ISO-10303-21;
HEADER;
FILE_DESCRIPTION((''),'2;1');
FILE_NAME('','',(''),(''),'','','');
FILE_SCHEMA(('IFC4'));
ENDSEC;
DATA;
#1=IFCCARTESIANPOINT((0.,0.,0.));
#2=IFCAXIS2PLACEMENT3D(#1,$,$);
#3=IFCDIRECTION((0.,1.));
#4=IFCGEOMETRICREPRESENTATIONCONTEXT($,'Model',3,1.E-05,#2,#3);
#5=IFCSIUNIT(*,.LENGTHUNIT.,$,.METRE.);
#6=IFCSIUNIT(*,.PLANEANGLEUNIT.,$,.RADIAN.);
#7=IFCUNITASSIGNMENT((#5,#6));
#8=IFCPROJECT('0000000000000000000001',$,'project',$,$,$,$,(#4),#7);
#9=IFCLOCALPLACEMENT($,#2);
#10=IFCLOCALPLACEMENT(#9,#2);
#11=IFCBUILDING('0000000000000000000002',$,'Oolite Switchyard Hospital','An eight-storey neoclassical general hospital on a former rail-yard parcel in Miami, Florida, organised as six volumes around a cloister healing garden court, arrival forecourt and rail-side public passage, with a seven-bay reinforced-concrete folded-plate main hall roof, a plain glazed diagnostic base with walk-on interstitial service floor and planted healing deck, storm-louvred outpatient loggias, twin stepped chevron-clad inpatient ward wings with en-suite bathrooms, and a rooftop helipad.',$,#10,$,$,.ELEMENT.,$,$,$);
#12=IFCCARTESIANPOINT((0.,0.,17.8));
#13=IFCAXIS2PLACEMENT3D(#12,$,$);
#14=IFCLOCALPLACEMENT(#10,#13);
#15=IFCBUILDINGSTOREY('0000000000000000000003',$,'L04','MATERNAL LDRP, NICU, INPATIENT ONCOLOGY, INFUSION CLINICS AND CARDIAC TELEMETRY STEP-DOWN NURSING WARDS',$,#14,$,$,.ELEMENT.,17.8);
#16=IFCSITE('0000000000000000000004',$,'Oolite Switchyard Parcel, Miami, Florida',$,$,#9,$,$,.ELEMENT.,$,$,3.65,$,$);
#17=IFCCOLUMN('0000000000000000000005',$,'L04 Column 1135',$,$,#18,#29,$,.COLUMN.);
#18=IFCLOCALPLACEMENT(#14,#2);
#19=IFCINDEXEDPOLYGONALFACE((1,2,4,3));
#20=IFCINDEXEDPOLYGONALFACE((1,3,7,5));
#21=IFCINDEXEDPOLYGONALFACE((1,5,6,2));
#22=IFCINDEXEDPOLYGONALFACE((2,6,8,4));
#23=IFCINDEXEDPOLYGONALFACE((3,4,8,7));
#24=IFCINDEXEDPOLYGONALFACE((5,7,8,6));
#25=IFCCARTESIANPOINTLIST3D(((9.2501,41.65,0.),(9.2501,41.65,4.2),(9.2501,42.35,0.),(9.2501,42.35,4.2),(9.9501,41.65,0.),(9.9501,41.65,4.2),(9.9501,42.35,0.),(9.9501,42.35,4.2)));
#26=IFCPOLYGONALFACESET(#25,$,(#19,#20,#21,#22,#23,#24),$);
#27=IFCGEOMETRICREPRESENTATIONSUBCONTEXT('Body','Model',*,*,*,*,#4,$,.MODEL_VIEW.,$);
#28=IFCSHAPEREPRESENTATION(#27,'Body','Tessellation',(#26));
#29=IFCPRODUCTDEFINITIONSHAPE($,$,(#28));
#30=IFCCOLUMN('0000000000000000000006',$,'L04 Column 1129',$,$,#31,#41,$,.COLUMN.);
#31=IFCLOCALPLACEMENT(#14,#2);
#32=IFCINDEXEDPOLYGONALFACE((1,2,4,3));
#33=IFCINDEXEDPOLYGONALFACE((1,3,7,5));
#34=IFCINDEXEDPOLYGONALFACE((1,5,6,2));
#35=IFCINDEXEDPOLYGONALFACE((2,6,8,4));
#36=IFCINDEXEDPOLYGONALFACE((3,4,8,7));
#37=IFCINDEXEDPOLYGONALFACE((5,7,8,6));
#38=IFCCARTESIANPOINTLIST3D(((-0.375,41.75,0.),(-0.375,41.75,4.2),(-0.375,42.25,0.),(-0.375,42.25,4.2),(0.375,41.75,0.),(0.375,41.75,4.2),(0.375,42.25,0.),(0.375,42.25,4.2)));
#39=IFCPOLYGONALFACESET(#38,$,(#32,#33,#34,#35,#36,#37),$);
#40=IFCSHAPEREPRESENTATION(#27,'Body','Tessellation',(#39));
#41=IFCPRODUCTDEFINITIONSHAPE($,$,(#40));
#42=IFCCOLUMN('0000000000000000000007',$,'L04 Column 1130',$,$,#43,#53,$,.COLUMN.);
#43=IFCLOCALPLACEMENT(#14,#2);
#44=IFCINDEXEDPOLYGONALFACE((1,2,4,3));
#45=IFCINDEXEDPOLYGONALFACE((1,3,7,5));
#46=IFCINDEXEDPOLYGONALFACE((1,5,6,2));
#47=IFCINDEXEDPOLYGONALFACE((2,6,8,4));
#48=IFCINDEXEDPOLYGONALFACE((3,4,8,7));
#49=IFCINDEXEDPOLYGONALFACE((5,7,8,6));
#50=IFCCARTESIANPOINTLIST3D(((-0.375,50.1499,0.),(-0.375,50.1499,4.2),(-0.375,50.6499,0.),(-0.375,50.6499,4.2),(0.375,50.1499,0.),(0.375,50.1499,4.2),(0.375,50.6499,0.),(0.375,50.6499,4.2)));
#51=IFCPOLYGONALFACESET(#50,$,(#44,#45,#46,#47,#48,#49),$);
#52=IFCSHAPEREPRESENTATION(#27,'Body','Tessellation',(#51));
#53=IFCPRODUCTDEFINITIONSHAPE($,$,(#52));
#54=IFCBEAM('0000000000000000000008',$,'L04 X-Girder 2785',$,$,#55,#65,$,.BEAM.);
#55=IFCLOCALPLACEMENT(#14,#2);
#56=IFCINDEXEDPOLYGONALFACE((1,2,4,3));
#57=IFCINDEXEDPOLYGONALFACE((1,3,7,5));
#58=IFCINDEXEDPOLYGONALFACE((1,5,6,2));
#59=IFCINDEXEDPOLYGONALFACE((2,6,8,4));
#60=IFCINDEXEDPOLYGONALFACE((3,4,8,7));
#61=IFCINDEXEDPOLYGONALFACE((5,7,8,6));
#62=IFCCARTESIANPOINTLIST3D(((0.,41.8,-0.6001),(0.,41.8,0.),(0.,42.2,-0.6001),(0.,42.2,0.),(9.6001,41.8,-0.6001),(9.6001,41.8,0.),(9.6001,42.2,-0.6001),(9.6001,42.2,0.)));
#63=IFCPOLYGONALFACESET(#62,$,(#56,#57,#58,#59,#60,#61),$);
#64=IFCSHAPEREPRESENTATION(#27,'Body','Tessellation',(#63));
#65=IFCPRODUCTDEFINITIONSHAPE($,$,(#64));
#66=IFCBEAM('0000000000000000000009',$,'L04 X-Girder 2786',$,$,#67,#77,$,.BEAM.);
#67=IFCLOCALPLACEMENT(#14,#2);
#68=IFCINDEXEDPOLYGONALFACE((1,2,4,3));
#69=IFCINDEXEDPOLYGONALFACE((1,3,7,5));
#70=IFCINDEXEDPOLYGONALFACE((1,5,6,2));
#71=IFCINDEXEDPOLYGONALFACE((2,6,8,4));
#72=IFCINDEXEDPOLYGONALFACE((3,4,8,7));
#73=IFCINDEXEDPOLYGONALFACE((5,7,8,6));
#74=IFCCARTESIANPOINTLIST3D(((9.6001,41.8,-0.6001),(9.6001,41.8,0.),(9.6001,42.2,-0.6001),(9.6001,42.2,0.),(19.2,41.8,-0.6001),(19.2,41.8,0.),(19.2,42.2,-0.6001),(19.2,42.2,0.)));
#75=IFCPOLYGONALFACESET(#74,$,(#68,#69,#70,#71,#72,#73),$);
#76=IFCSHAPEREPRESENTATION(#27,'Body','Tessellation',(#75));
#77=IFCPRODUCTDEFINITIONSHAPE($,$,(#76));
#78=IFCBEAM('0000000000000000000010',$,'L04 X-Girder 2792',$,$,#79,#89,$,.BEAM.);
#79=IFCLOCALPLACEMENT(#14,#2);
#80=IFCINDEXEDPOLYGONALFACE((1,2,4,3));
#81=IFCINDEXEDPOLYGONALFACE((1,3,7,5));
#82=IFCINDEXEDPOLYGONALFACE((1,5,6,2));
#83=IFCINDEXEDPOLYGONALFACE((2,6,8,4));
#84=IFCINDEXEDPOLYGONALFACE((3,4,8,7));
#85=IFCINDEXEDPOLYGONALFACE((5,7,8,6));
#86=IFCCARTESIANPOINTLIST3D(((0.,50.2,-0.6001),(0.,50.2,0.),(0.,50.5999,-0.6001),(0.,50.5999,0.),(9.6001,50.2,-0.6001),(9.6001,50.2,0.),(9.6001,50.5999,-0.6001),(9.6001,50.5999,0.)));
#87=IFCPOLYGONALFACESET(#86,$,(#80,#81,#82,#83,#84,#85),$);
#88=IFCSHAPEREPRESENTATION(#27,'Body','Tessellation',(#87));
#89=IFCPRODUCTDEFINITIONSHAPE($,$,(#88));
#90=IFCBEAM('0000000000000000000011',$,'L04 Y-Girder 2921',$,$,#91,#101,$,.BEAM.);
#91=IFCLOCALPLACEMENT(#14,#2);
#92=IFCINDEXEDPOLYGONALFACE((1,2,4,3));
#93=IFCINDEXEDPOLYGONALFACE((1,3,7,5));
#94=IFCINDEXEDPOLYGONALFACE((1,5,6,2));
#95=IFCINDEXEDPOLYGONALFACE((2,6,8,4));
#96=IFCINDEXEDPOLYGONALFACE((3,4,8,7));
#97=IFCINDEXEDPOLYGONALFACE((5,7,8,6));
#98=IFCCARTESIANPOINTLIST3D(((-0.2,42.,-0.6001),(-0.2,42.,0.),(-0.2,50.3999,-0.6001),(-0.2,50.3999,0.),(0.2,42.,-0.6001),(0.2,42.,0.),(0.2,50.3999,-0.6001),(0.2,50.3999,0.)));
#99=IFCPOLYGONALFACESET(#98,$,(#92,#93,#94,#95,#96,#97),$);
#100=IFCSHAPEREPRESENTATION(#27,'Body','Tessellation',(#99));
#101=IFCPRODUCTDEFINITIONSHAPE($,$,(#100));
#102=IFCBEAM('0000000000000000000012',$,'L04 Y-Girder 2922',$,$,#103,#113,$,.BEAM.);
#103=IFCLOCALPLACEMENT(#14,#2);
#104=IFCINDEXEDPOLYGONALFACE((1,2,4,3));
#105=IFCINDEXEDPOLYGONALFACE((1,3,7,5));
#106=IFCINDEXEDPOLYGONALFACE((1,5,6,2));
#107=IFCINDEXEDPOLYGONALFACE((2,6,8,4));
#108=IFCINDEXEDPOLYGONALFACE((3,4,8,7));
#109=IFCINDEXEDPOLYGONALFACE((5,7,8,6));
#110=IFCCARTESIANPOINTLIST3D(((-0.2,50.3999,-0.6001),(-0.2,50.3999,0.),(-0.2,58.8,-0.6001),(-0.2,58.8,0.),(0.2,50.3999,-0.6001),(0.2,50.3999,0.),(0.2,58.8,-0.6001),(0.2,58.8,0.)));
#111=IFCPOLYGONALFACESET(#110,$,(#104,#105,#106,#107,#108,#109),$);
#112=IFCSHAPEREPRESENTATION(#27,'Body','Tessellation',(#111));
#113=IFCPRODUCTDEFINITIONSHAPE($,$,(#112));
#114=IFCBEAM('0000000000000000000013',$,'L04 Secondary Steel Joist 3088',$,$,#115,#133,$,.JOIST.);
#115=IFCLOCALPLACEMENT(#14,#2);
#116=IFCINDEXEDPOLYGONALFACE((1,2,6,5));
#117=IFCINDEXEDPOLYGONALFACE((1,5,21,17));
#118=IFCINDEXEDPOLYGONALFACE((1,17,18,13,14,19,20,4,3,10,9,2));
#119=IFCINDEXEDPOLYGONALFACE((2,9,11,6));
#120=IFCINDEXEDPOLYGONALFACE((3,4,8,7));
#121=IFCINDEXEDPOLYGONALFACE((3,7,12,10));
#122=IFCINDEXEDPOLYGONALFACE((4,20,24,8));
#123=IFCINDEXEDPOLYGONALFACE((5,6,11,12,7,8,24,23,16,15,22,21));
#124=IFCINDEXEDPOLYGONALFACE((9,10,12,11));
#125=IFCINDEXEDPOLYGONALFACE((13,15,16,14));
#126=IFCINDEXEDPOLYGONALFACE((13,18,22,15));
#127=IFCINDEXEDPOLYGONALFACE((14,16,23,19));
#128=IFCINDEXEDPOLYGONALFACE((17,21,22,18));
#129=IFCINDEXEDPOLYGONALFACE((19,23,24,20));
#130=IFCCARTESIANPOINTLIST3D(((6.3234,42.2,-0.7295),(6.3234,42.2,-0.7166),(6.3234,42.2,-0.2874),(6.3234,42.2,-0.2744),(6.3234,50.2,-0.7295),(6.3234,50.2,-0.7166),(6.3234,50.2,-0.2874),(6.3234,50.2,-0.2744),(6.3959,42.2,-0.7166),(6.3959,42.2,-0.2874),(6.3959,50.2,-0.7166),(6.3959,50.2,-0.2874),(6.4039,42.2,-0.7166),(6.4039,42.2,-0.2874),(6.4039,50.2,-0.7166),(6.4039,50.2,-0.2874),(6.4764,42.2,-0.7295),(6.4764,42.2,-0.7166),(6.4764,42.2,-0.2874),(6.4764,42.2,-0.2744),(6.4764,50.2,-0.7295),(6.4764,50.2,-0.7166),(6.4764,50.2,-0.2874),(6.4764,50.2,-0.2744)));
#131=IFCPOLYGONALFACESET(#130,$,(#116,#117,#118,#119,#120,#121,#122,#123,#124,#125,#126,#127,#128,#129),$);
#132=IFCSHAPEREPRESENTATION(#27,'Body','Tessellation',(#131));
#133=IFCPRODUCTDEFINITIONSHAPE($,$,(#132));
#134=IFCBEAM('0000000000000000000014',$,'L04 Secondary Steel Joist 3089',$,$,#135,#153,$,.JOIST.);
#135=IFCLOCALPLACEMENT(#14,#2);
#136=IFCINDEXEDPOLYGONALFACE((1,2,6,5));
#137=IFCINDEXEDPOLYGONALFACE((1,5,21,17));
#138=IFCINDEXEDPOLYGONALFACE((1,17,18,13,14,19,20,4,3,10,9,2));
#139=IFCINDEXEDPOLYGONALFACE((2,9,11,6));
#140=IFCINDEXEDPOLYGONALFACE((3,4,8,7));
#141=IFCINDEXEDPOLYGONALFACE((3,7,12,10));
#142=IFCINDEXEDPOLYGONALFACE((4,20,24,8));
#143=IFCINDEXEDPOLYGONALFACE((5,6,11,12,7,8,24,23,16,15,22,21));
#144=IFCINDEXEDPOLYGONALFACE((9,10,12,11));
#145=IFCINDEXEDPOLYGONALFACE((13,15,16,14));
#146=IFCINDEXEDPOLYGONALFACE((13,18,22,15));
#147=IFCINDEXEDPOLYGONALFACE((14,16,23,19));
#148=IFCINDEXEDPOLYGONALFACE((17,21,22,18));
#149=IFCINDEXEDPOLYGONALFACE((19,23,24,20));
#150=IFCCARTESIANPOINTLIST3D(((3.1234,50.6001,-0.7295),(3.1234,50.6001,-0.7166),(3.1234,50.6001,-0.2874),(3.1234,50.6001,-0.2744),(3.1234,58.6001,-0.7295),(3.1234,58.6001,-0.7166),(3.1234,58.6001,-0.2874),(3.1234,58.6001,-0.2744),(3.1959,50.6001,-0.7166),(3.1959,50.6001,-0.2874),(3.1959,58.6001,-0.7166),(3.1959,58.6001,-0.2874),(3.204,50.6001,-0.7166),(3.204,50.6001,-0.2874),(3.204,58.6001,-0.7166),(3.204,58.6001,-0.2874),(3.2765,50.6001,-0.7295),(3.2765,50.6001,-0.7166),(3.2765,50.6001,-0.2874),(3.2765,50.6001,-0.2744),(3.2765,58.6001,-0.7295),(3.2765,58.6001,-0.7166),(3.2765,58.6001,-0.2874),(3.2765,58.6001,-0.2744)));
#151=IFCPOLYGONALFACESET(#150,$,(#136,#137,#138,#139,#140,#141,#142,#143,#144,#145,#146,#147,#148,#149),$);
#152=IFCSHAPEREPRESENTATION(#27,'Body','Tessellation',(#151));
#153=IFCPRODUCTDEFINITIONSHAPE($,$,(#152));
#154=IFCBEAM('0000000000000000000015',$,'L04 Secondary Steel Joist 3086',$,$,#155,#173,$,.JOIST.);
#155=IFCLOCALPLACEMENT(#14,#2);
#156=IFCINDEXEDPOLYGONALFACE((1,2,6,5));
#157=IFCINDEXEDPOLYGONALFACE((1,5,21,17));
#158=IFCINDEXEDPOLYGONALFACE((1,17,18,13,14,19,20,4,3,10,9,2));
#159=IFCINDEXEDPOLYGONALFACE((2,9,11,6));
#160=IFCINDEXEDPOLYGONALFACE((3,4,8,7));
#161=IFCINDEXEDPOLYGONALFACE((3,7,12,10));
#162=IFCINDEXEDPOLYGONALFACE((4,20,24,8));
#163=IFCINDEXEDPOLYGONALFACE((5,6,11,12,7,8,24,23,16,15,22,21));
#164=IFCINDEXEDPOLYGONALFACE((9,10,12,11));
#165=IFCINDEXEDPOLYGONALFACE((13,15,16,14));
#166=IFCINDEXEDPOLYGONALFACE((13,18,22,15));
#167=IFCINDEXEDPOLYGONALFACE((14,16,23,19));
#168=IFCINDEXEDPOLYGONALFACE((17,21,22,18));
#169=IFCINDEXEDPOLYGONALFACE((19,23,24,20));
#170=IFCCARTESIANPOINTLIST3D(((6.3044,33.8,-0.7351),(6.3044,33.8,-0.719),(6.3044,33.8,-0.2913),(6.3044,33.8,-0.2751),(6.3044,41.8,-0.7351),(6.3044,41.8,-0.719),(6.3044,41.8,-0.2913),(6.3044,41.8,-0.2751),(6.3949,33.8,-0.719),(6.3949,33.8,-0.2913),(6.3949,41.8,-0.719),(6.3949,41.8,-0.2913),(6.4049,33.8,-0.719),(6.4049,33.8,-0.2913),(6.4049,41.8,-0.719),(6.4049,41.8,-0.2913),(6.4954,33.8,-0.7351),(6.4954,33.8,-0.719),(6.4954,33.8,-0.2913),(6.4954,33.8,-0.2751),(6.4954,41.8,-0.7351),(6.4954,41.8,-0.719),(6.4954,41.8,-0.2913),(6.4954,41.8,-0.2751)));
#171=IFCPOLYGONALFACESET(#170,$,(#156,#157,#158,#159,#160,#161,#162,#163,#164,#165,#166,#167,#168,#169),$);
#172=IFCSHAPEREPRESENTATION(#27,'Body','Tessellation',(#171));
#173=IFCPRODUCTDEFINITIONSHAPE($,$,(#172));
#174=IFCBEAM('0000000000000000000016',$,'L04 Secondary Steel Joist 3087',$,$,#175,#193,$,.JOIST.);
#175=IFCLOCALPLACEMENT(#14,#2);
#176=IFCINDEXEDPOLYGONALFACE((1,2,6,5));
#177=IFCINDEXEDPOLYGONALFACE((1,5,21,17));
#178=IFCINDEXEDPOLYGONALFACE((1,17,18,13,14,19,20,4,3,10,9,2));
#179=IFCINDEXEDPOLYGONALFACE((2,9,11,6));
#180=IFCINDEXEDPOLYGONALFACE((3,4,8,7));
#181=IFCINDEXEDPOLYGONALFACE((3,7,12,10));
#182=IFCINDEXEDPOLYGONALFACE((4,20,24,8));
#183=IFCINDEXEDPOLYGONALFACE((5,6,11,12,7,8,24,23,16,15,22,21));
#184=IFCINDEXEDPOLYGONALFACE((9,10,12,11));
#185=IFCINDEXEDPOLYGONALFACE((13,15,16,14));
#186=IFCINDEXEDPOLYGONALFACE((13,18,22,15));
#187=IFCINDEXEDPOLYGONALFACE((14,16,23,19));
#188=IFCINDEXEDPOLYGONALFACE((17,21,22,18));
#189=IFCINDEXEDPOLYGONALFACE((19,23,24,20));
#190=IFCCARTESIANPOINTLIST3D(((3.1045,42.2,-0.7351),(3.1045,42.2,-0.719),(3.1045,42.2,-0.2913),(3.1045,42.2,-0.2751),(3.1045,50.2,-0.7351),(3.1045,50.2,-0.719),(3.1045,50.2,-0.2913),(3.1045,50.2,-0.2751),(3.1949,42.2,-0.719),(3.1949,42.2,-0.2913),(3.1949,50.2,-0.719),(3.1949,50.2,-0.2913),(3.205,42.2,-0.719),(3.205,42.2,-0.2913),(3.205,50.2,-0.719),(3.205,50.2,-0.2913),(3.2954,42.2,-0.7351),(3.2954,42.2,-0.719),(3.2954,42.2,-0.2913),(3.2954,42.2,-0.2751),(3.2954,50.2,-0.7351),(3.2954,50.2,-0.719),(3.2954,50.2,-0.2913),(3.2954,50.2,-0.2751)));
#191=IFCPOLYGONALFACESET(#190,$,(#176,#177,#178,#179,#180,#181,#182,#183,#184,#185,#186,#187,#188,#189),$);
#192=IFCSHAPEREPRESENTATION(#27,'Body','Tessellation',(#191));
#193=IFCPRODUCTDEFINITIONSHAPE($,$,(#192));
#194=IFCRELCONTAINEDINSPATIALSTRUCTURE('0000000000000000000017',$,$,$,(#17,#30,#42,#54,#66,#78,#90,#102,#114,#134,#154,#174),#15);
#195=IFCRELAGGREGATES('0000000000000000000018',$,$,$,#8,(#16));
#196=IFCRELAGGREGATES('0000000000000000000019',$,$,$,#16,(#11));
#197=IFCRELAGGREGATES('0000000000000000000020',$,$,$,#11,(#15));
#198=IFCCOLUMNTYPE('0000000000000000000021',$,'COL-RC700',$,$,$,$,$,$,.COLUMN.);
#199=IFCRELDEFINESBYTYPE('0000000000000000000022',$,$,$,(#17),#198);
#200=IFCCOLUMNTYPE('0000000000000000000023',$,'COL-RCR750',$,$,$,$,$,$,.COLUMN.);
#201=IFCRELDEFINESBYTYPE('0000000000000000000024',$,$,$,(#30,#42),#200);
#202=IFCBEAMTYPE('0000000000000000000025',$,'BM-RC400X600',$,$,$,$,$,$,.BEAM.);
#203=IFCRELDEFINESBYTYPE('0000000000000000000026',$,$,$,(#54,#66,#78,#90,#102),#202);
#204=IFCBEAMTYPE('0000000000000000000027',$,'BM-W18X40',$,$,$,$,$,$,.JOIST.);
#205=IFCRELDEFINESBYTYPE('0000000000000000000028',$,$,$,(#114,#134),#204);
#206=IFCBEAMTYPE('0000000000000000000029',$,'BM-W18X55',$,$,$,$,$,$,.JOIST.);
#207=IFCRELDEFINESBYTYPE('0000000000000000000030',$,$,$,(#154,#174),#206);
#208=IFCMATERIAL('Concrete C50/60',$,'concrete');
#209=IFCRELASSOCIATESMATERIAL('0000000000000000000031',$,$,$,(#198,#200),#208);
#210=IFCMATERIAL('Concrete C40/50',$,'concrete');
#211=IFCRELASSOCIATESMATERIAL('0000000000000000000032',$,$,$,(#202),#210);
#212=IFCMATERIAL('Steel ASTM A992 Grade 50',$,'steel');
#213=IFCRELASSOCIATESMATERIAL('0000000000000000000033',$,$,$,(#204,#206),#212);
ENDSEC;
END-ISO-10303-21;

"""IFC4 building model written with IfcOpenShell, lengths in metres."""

from ifc_helpers import new_model, si_unit, direction, frame, origin, origin_2d, place, context, subcontext, project, spatial, rectangle, i_section, extrude, material, material_profile, profile_set, type_object, element, save


model = new_model("IFC4")

# Units and contexts
model_context = context("Model", 3, precision=1e-05, world=origin(), true_north=direction((0.0, 1.0)))
body_context = subcontext(model_context, "Body", "Model", "MODEL_VIEW")
ifc_project = project(units=[si_unit("LENGTHUNIT", "METRE"), si_unit("PLANEANGLEUNIT", "RADIAN")], contexts=[model_context])

# Site, building, storey
site_placement = place(None, origin())
site = spatial("IfcSite", under=ifc_project, at=site_placement, Name="Oolite Switchyard Parcel, Miami, Florida", CompositionType="ELEMENT", RefElevation=3.65)
building_placement = place(site_placement, origin())
building = spatial("IfcBuilding", under=site, at=building_placement, Name="Oolite Switchyard Hospital", Description="An eight-storey neoclassical general hospital on a former rail-yard parcel in Miami, Florida, organised as six volumes around a cloister healing garden court, arrival forecourt and rail-side public passage, with a seven-bay reinforced-concrete folded-plate main hall roof, a plain glazed diagnostic base with walk-on interstitial service floor and planted healing deck, storm-louvred outpatient loggias, twin stepped chevron-clad inpatient ward wings with en-suite bathrooms, and a rooftop helipad.", CompositionType="ELEMENT")
storey_placement = place(building_placement, frame((0.0, 0.0, 17.8)))
storey = spatial("IfcBuildingStorey", under=building, at=storey_placement, Name="L04", Description="MATERNAL LDRP, NICU, INPATIENT ONCOLOGY, INFUSION CLINICS AND CARDIAC TELEMETRY STEP-DOWN NURSING WARDS", CompositionType="ELEMENT", Elevation=17.8)

# Columns
ifc_material_1 = material(Name="Concrete C50/60", Category="concrete")
ifc_material_profile_1 = material_profile(ifc_material_1, rectangle(XDim=0.7, YDim=0.7, at=origin_2d()), Name="RC700X700")
ifc_profile_set_1 = profile_set([ifc_material_profile_1], Name="Concrete C50/60")
column_type_1 = type_object("IfcColumnType", Name="COL-RC700", PredefinedType="COLUMN", material=ifc_profile_set_1)
column_placement = place(storey_placement, frame((9.6001, 42.0, 0.0), z_axis=(0.0, 0.0, 1.0), x_axis=(1.0, 0.0, 0.0)))
element("IfcColumn", 1, at=column_placement, inside=storey, type_object=column_type_1, Name="L04 Column 1135", PredefinedType="COLUMN", context=body_context, shape_type="SweptSolid", body=[
    extrude(rectangle(XDim=0.7, YDim=0.7, at=origin_2d()), origin(), (0.0, 0.0, 1.0), 4.2),
])
ifc_material_profile_2 = material_profile(ifc_material_1, rectangle(XDim=0.75, YDim=0.5, at=origin_2d()), Name="RC750X500")
ifc_profile_set_2 = profile_set([ifc_material_profile_2], Name="Concrete C50/60")
column_type_2 = type_object("IfcColumnType", Name="COL-RCR750", PredefinedType="COLUMN", material=ifc_profile_set_2)
for number, where, z_axis, x_axis, name in (
    (2, (0.0, 42.0, 0.0), (0.0, 0.0, 1.0), (1.0, 0.0, 0.0), "L04 Column 1129"),
    (3, (0.0, 50.3999, 0.0), (0.0, 0.0, 1.0), (1.0, 0.0, 0.0), "L04 Column 1130"),
):
    element("IfcColumn", number, at=place(storey_placement, frame(where, z_axis=z_axis, x_axis=x_axis)), inside=storey, type_object=column_type_2, Name=name, PredefinedType="COLUMN", context=body_context, shape_type="SweptSolid", body=[
        extrude(rectangle(XDim=0.75, YDim=0.5, at=origin_2d()), origin(), (0.0, 0.0, 1.0), 4.2),
    ])

# Beams
ifc_material_2 = material(Name="Concrete C40/50", Category="concrete")
ifc_material_profile_3 = material_profile(ifc_material_2, rectangle(XDim=0.3999, YDim=0.6001, at=origin_2d()), Name="RCB400X600")
ifc_profile_set_3 = profile_set([ifc_material_profile_3], Name="Concrete C40/50")
beam_type_1 = type_object("IfcBeamType", Name="BM-RC400X600", PredefinedType="BEAM", material=ifc_profile_set_3)
beam_1_placement = place(storey_placement, frame((0.0, 42.0, -0.3), z_axis=(1.0, 0.0, 0.0), x_axis=(0.0, 1.0, 0.0)))
element("IfcBeam", 4, at=beam_1_placement, inside=storey, type_object=beam_type_1, Name="L04 X-Girder 2785", PredefinedType="BEAM", context=body_context, shape_type="SweptSolid", body=[
    extrude(rectangle(XDim=0.3999, YDim=0.6001, at=origin_2d()), origin(), (0.0, 0.0, 1.0), 9.6001),
])
beam_2_placement = place(storey_placement, frame((9.6001, 42.0, -0.3), z_axis=(1.0, 0.0, 0.0), x_axis=(0.0, 1.0, 0.0)))
element("IfcBeam", 5, at=beam_2_placement, inside=storey, type_object=beam_type_1, Name="L04 X-Girder 2786", PredefinedType="BEAM", context=body_context, shape_type="SweptSolid", body=[
    extrude(rectangle(XDim=0.3999, YDim=0.6001, at=origin_2d()), origin(), (0.0, 0.0, 1.0), 9.5999),
])
beam_3_placement = place(storey_placement, frame((0.0, 50.3999, -0.3), z_axis=(1.0, 0.0, 0.0), x_axis=(0.0, 1.0, 0.0)))
element("IfcBeam", 6, at=beam_3_placement, inside=storey, type_object=beam_type_1, Name="L04 X-Girder 2792", PredefinedType="BEAM", context=body_context, shape_type="SweptSolid", body=[
    extrude(rectangle(XDim=0.3999, YDim=0.6001, at=origin_2d()), origin(), (0.0, 0.0, 1.0), 9.6001),
])
beam_4_placement = place(storey_placement, frame((0.0, 42.0, -0.3), z_axis=(0.0, 1.0, 0.0), x_axis=(-1.0, 0.0, 0.0)))
element("IfcBeam", 7, at=beam_4_placement, inside=storey, type_object=beam_type_1, Name="L04 Y-Girder 2921", PredefinedType="BEAM", context=body_context, shape_type="SweptSolid", body=[
    extrude(rectangle(XDim=0.3999, YDim=0.6001, at=origin_2d()), origin(), (0.0, 0.0, 1.0), 8.3999),
])
beam_5_placement = place(storey_placement, frame((0.0, 50.3999, -0.3), z_axis=(0.0, 1.0, 0.0), x_axis=(-1.0, 0.0, 0.0)))
element("IfcBeam", 8, at=beam_5_placement, inside=storey, type_object=beam_type_1, Name="L04 Y-Girder 2922", PredefinedType="BEAM", context=body_context, shape_type="SweptSolid", body=[
    extrude(rectangle(XDim=0.3999, YDim=0.6001, at=origin_2d()), origin(), (0.0, 0.0, 1.0), 8.4001),
])
ifc_material_3 = material(Name="Steel ASTM A992 Grade 50", Category="steel")
ifc_material_profile_4 = material_profile(ifc_material_3, i_section(OverallWidth=0.1531, OverallDepth=0.4551, WebThickness=0.0081, FlangeThickness=0.0129, at=origin_2d()), Name="W18X40")
ifc_profile_set_4 = profile_set([ifc_material_profile_4], Name="Steel ASTM A992 Grade 50")
beam_type_2 = type_object("IfcBeamType", Name="BM-W18X40", PredefinedType="JOIST", material=ifc_profile_set_4)
for number, where, z_axis, x_axis, name in (
    (9, (6.3999, 42.2, -0.502), (0.0, 1.0, 0.0), (-1.0, 0.0, 0.0), "L04 Secondary Steel Joist 3088"),
    (10, (3.2, 50.6001, -0.502), (0.0, 1.0, 0.0), (-1.0, 0.0, 0.0), "L04 Secondary Steel Joist 3089"),
):
    element("IfcBeam", number, at=place(storey_placement, frame(where, z_axis=z_axis, x_axis=x_axis)), inside=storey, type_object=beam_type_2, Name=name, PredefinedType="JOIST", context=body_context, shape_type="SweptSolid", body=[
        extrude(i_section(OverallWidth=0.1531, OverallDepth=0.4551, WebThickness=0.0081, FlangeThickness=0.0129, at=origin_2d()), origin(), (0.0, 0.0, 1.0), 8.0),
    ])
ifc_material_profile_5 = material_profile(ifc_material_3, i_section(OverallWidth=0.1909, OverallDepth=0.46, WebThickness=0.01, FlangeThickness=0.0161, at=origin_2d()), Name="W18X55")
ifc_profile_set_5 = profile_set([ifc_material_profile_5], Name="Steel ASTM A992 Grade 50")
beam_type_3 = type_object("IfcBeamType", Name="BM-W18X55", PredefinedType="JOIST", material=ifc_profile_set_5)
for number, where, z_axis, x_axis, name in (
    (11, (6.3999, 33.8, -0.5051), (0.0, 1.0, 0.0), (-1.0, 0.0, 0.0), "L04 Secondary Steel Joist 3086"),
    (12, (3.2, 42.2, -0.5051), (0.0, 1.0, 0.0), (-1.0, 0.0, 0.0), "L04 Secondary Steel Joist 3087"),
):
    element("IfcBeam", number, at=place(storey_placement, frame(where, z_axis=z_axis, x_axis=x_axis)), inside=storey, type_object=beam_type_3, Name=name, PredefinedType="JOIST", context=body_context, shape_type="SweptSolid", body=[
        extrude(i_section(OverallWidth=0.1909, OverallDepth=0.46, WebThickness=0.01, FlangeThickness=0.0161, at=origin_2d()), origin(), (0.0, 0.0, 1.0), 8.0),
    ])

save(model, "model.ifc")
